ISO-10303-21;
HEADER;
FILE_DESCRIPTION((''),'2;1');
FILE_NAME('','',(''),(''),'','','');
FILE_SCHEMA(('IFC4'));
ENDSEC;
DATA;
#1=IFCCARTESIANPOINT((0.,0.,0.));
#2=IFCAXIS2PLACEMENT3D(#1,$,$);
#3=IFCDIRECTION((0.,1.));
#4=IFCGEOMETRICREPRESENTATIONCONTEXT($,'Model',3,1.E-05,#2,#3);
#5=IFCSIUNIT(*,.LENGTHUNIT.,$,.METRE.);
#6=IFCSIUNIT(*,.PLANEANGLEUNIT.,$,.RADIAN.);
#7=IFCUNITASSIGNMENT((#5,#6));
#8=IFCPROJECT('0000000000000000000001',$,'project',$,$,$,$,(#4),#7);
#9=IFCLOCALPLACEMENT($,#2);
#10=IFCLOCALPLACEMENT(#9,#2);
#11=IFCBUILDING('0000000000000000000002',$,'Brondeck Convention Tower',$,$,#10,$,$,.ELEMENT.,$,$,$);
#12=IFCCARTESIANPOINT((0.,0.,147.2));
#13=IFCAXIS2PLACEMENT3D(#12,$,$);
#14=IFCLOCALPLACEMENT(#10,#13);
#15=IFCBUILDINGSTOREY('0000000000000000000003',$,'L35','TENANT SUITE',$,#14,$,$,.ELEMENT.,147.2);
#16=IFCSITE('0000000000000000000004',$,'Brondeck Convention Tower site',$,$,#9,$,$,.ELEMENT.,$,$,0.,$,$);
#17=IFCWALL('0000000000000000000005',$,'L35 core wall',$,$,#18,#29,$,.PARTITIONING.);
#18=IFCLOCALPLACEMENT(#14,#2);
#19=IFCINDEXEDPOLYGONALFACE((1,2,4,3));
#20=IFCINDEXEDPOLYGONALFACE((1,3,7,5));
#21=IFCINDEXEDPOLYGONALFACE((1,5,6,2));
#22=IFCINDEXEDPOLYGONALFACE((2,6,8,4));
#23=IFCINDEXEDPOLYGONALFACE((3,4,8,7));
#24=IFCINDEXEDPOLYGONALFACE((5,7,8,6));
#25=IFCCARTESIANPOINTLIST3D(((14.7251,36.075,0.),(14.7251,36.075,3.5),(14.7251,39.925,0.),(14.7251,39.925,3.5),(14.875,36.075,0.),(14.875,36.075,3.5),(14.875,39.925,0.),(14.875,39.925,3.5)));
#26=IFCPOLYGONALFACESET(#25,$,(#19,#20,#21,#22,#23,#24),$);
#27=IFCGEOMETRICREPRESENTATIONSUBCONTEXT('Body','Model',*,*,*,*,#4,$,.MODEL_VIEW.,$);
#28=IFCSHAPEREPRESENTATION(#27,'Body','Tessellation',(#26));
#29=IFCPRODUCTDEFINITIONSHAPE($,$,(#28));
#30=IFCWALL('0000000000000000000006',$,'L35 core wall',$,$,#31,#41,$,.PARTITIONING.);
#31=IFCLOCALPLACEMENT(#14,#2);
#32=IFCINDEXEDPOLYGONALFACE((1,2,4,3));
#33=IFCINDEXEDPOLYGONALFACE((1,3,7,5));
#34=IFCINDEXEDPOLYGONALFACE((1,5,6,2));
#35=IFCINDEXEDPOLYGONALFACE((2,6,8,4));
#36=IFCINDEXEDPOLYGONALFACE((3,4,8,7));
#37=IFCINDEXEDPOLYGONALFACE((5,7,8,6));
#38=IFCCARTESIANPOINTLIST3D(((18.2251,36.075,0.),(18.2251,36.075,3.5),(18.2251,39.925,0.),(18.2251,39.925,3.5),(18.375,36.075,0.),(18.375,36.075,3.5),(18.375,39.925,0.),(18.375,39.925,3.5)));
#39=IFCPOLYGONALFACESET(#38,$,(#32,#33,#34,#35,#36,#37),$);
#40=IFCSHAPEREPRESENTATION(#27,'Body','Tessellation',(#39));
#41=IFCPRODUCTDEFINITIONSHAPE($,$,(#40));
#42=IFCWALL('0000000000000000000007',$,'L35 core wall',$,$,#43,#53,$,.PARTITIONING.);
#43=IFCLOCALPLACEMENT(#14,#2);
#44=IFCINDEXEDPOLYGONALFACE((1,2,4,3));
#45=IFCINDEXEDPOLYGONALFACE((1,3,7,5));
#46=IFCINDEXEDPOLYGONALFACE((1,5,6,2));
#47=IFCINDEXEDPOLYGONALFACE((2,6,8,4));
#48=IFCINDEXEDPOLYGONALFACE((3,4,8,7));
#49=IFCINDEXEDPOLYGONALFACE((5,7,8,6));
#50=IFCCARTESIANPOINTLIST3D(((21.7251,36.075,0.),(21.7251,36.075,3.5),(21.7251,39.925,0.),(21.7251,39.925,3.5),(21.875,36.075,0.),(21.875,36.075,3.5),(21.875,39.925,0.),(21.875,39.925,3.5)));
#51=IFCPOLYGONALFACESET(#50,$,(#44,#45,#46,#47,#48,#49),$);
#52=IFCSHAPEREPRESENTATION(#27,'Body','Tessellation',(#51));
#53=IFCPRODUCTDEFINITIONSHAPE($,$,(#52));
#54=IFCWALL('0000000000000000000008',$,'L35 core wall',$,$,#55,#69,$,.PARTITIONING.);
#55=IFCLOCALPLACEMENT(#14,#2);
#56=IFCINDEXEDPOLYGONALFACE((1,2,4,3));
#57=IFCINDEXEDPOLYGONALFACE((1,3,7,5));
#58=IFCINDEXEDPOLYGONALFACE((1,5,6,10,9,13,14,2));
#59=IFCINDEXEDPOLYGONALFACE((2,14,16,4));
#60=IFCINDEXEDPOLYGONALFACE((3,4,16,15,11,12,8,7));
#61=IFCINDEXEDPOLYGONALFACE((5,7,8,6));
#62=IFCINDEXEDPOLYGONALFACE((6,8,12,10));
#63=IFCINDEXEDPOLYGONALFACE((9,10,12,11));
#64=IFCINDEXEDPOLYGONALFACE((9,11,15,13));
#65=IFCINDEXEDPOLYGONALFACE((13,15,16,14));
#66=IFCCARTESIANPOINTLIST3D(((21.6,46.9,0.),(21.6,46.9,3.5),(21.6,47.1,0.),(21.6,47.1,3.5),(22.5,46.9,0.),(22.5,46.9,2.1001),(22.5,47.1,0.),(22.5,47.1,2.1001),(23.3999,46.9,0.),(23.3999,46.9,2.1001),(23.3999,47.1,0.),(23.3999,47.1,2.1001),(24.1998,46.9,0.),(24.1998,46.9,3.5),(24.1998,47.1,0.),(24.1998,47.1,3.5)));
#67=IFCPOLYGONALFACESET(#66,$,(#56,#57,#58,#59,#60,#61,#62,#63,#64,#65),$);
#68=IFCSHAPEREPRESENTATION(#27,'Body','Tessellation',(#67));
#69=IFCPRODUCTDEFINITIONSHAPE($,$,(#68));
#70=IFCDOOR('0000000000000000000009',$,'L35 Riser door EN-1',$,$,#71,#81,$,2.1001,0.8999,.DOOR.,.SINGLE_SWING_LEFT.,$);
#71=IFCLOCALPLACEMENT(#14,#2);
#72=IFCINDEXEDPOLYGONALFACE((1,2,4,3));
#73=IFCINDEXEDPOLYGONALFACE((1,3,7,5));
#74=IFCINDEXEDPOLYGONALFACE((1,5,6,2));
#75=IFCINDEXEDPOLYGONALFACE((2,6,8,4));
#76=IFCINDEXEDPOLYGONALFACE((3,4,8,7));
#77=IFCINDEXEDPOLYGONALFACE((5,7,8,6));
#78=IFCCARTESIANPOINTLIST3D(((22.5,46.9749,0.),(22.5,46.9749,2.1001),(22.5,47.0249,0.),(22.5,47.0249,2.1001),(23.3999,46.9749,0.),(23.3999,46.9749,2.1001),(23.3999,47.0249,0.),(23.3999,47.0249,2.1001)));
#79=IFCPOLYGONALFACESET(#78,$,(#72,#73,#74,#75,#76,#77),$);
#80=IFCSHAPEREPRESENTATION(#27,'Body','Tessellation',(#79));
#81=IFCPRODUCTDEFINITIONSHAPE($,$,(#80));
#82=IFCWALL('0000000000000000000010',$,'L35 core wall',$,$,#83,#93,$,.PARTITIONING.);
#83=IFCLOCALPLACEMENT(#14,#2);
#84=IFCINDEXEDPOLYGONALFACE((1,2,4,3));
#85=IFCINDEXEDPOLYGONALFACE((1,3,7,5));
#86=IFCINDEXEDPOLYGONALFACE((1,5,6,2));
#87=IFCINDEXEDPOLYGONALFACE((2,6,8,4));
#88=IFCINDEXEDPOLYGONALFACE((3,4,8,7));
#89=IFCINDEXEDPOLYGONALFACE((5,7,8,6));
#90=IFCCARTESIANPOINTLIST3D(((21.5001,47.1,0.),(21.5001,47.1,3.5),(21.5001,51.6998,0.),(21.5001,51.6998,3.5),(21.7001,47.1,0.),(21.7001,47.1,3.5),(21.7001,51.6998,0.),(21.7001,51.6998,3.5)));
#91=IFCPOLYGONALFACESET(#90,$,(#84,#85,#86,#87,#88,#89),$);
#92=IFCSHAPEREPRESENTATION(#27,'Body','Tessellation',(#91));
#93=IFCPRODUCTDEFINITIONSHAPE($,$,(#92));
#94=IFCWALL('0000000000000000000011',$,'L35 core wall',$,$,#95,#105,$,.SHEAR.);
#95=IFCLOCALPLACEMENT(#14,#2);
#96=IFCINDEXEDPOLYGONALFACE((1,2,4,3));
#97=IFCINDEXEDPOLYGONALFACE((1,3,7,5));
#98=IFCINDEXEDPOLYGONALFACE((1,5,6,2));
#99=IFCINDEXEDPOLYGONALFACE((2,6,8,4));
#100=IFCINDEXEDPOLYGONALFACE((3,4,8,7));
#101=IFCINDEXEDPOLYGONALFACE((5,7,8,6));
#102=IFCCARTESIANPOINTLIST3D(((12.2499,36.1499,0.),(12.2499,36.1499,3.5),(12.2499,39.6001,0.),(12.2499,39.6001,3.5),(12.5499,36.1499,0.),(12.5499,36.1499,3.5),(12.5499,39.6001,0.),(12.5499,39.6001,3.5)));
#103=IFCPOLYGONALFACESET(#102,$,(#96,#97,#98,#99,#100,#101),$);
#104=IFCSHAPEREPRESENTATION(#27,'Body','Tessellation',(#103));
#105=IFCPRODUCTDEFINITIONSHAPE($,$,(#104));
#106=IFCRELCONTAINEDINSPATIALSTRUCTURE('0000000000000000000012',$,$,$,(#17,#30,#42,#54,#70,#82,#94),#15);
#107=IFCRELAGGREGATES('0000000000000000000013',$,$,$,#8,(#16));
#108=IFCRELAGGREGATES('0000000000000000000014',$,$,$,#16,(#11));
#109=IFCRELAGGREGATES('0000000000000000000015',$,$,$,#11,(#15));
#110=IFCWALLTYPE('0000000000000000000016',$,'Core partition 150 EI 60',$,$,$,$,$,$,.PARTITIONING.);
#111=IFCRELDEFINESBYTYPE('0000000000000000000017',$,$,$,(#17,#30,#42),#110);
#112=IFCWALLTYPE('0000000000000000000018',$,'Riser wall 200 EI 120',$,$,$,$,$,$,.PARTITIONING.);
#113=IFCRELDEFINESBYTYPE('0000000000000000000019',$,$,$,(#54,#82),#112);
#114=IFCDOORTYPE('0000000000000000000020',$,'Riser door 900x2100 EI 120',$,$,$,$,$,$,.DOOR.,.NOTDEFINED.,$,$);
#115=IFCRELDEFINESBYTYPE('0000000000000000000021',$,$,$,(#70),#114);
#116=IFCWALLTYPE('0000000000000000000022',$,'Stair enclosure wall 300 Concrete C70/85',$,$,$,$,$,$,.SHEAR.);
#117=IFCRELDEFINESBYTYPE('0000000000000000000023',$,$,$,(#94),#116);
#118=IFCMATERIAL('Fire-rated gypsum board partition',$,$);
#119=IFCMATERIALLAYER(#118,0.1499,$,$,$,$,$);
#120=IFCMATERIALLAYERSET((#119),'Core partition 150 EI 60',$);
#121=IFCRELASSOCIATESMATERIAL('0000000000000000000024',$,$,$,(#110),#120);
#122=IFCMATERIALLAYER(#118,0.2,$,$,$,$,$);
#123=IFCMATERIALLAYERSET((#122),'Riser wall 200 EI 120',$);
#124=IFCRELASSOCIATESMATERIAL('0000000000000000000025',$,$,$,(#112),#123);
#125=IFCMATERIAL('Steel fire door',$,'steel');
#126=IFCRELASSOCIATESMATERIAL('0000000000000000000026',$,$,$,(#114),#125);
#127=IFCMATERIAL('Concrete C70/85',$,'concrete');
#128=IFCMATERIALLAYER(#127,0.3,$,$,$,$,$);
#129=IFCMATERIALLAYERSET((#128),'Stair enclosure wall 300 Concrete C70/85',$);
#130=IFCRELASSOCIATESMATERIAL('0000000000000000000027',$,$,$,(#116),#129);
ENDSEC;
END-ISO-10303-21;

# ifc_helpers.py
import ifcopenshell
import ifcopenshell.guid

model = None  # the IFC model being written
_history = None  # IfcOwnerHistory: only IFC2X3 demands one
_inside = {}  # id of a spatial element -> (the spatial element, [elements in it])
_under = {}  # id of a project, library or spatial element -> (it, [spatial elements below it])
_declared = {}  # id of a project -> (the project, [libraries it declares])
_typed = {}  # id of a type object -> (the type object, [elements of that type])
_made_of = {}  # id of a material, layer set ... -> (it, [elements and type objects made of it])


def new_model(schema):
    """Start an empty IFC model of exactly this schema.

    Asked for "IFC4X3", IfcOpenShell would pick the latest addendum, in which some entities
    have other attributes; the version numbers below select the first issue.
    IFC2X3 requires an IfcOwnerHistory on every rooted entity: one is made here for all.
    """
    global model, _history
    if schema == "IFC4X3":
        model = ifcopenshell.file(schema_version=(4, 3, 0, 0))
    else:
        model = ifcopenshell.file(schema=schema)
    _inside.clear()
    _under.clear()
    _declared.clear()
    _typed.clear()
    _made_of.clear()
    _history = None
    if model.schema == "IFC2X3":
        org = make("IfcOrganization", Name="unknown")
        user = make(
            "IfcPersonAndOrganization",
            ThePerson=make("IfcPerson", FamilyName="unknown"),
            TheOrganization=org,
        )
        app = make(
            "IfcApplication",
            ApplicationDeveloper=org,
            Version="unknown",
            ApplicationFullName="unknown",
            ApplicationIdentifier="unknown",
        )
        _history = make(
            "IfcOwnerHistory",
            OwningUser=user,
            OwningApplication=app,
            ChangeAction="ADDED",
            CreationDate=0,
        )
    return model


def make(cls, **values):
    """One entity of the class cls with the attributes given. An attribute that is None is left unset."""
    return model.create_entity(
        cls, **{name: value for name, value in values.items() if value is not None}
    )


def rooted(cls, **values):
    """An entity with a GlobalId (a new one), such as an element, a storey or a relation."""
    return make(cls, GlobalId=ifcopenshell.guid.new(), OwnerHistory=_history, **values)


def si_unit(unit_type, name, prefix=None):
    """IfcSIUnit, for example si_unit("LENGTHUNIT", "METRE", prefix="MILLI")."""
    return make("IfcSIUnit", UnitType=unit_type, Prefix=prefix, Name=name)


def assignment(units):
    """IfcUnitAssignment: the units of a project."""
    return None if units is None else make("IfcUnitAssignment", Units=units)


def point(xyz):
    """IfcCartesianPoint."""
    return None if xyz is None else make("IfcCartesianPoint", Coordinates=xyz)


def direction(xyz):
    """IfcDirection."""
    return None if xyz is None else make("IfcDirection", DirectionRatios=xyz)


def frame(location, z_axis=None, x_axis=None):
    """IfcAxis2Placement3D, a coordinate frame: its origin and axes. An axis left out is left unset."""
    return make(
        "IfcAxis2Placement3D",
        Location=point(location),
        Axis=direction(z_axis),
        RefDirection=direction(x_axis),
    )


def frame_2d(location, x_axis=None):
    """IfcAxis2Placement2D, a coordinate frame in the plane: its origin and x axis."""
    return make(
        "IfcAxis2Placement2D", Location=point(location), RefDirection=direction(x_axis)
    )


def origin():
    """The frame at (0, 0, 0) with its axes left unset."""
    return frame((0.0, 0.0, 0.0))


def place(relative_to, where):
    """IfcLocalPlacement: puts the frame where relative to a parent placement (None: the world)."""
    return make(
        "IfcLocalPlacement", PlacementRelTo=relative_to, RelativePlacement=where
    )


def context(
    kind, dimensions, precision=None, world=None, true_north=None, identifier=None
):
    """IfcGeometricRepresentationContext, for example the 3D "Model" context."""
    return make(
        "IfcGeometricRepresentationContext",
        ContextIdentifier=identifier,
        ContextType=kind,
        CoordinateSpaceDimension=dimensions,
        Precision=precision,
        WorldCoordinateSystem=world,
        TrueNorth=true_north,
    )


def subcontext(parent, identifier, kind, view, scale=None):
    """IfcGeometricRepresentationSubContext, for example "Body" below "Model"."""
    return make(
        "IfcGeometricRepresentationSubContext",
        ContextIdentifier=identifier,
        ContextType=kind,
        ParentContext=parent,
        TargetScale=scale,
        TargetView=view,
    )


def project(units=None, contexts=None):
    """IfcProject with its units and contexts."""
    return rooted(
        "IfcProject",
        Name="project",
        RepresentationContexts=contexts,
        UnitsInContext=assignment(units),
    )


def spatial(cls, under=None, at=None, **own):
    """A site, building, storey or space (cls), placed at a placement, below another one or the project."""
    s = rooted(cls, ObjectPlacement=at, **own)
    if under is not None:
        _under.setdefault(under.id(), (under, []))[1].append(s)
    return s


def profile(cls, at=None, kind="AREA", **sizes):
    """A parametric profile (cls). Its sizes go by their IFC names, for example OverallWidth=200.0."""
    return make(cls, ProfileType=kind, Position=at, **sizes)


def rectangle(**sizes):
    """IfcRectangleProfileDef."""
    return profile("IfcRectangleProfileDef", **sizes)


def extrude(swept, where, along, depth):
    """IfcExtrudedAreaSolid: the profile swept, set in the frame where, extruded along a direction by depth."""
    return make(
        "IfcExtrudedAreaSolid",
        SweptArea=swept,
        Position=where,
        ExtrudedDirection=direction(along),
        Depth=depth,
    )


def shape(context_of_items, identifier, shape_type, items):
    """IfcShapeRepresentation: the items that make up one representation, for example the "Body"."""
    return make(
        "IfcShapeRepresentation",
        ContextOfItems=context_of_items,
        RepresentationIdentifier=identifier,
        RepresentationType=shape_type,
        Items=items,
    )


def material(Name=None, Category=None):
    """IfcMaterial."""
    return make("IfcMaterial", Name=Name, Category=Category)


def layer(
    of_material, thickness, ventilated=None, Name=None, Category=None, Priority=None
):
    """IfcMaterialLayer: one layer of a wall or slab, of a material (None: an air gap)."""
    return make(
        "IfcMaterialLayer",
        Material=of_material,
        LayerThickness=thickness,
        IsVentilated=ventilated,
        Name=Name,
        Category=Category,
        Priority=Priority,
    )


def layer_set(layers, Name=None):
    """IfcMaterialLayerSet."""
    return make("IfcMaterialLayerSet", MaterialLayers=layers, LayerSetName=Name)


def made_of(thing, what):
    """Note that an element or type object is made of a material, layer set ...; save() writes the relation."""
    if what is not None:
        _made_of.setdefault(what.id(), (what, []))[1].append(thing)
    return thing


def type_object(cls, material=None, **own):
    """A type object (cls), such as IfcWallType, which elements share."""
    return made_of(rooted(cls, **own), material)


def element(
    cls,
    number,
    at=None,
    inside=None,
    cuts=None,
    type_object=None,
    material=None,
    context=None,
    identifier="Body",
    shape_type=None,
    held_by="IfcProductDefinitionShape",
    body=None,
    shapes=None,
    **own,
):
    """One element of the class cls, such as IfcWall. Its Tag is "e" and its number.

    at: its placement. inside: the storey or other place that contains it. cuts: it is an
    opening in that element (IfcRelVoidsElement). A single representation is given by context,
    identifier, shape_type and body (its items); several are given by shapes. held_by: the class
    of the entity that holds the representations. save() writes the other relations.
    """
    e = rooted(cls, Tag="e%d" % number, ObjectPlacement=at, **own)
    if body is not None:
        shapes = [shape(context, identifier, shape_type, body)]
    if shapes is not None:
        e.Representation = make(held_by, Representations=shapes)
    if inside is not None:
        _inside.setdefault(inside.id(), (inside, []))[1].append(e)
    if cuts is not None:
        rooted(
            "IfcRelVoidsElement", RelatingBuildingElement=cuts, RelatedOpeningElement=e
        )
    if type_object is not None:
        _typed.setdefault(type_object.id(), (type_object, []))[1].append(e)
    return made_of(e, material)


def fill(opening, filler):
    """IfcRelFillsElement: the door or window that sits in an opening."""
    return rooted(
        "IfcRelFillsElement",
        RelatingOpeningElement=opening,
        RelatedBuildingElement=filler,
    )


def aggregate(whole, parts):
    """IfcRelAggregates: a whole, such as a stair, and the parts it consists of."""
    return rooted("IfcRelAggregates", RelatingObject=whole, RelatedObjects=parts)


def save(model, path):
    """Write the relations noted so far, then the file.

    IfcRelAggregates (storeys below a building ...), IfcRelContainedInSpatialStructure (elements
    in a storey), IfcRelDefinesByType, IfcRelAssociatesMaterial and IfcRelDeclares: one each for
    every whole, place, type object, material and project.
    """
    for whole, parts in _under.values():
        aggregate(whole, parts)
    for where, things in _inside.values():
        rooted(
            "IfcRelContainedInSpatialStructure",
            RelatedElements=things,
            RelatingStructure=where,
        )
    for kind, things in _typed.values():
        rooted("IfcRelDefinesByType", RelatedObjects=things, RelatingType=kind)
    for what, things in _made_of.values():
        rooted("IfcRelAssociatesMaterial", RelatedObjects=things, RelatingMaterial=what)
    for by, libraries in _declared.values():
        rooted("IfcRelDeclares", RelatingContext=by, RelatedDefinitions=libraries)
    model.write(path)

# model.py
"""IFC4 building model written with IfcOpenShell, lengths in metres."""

from ifc_helpers import new_model, si_unit, direction, frame, frame_2d, origin, place, context, subcontext, project, spatial, rectangle, extrude, material, layer, layer_set, type_object, element, fill, save


model = new_model("IFC4")

# Units and contexts
model_context = context("Model", 3, precision=1e-05, world=origin(), true_north=direction((0.0, 1.0)))
body_context = subcontext(model_context, "Body", "Model", "MODEL_VIEW")
ifc_project = project(units=[si_unit("LENGTHUNIT", "METRE"), si_unit("PLANEANGLEUNIT", "RADIAN")], contexts=[model_context])

# Site, building, storey
site_placement = place(None, origin())
site = spatial("IfcSite", under=ifc_project, at=site_placement, Name="Brondeck Convention Tower site", CompositionType="ELEMENT", RefElevation=0.0)
building_placement = place(site_placement, origin())
building = spatial("IfcBuilding", under=site, at=building_placement, Name="Brondeck Convention Tower", CompositionType="ELEMENT")
storey_placement = place(building_placement, frame((0.0, 0.0, 147.2)))
storey = spatial("IfcBuildingStorey", under=building, at=storey_placement, Name="L35", Description="TENANT SUITE", CompositionType="ELEMENT", Elevation=147.2)

# Shared definitions
ifc_material_1 = material(Name="Concrete C70/85", Category="concrete")
ifc_material_2 = material(Name="Steel fire door", Category="steel")

# Walls
ifc_material_3 = material(Name="Fire-rated gypsum board partition")
ifc_layer_1 = layer(ifc_material_3, 0.1499)
ifc_layer_set_1 = layer_set([ifc_layer_1], Name="Core partition 150 EI 60")
wall_type_1 = type_object("IfcWallType", Name="Core partition 150 EI 60", PredefinedType="PARTITIONING", material=ifc_layer_set_1)
for number, where, z_axis, x_axis, name in (
    (1, (14.8, 36.075, 0.0), (0.0, 0.0, 1.0), (0.0, 1.0, 0.0), "L35 core wall"),
    (2, (18.3, 36.075, 0.0), (0.0, 0.0, 1.0), (0.0, 1.0, 0.0), "L35 core wall"),
    (3, (21.8, 36.075, 0.0), (0.0, 0.0, 1.0), (0.0, 1.0, 0.0), "L35 core wall"),
):
    element("IfcWall", number, at=place(storey_placement, frame(where, z_axis=z_axis, x_axis=x_axis)), inside=storey, type_object=wall_type_1, Name=name, PredefinedType="PARTITIONING", context=body_context, shape_type="SweptSolid", body=[
        extrude(rectangle(XDim=3.8501, YDim=0.1499, at=frame_2d((1.925, 0.0))), origin(), (0.0, 0.0, 1.0), 3.5),
    ])

# Wall, opening, door
ifc_layer_2 = layer(ifc_material_3, 0.2)
ifc_layer_set_2 = layer_set([ifc_layer_2], Name="Riser wall 200 EI 120")
wall_type_2 = type_object("IfcWallType", Name="Riser wall 200 EI 120", PredefinedType="PARTITIONING", material=ifc_layer_set_2)
wall_1_placement = place(storey_placement, frame((21.6001, 47.0, 0.0), z_axis=(0.0, 0.0, 1.0), x_axis=(1.0, 0.0, 0.0)))
wall_1 = element("IfcWall", 4, at=wall_1_placement, inside=storey, type_object=wall_type_2, Name="L35 core wall", PredefinedType="PARTITIONING", context=body_context, shape_type="SweptSolid", body=[
    extrude(rectangle(XDim=2.5999, YDim=0.2, at=frame_2d((1.2998, 0.0))), origin(), (0.0, 0.0, 1.0), 3.5),
])
opening_1_placement = place(wall_1_placement, frame((0.8999, 0.0, 0.0)))
opening_1 = element("IfcOpeningElement", 5, at=opening_1_placement, cuts=wall_1, PredefinedType="OPENING", context=body_context, shape_type="SweptSolid", body=[
    extrude(rectangle(XDim=0.8999, YDim=2.1001, at=frame_2d((0.45, 1.05))), frame((0.0, 0.1099, 0.0), z_axis=(0.0, -1.0, 0.0), x_axis=(1.0, 0.0, 0.0)), (0.0, 0.0, 1.0), 0.22),
])
door_type_1 = type_object("IfcDoorType", Name="Riser door 900x2100 EI 120", OperationType="NOTDEFINED", PredefinedType="DOOR", material=ifc_material_2)
door_1_placement = place(opening_1_placement, origin())
door_1 = element("IfcDoor", 6, at=door_1_placement, inside=storey, type_object=door_type_1, Name="L35 Riser door EN-1", OperationType="SINGLE_SWING_LEFT", OverallHeight=2.1001, OverallWidth=0.8999, PredefinedType="DOOR", context=body_context, shape_type="SweptSolid", body=[
    extrude(rectangle(XDim=0.8999, YDim=2.1001, at=frame_2d((0.45, 1.05))), frame((0.0, 0.0249, 0.0), z_axis=(0.0, -1.0, 0.0), x_axis=(1.0, 0.0, 0.0)), (0.0, 0.0, 1.0), 0.05),
])
fill(opening_1, door_1)

# Walls
wall_2_placement = place(storey_placement, frame((21.6001, 47.1001, 0.0), z_axis=(0.0, 0.0, 1.0), x_axis=(0.0, 1.0, 0.0)))
element("IfcWall", 7, at=wall_2_placement, inside=storey, type_object=wall_type_2, Name="L35 core wall", PredefinedType="PARTITIONING", context=body_context, shape_type="SweptSolid", body=[
    extrude(rectangle(XDim=4.5999, YDim=0.2, at=frame_2d((2.2998, 0.0))), origin(), (0.0, 0.0, 1.0), 3.5),
])
ifc_layer_3 = layer(ifc_material_1, 0.3)
ifc_layer_set_3 = layer_set([ifc_layer_3], Name="Stair enclosure wall 300 Concrete C70/85")
wall_type_3 = type_object("IfcWallType", Name="Stair enclosure wall 300 Concrete C70/85", PredefinedType="SHEAR", material=ifc_layer_set_3)
wall_3_placement = place(storey_placement, frame((12.3999, 36.1499, 0.0), z_axis=(0.0, 0.0, 1.0), x_axis=(0.0, 1.0, 0.0)))
element("IfcWall", 8, at=wall_3_placement, inside=storey, type_object=wall_type_3, Name="L35 core wall", PredefinedType="SHEAR", context=body_context, shape_type="SweptSolid", body=[
    extrude(rectangle(XDim=3.4502, YDim=0.3, at=frame_2d((1.7251, 0.0))), origin(), (0.0, 0.0, 1.0), 3.5),
])

save(model, "model.ifc")
